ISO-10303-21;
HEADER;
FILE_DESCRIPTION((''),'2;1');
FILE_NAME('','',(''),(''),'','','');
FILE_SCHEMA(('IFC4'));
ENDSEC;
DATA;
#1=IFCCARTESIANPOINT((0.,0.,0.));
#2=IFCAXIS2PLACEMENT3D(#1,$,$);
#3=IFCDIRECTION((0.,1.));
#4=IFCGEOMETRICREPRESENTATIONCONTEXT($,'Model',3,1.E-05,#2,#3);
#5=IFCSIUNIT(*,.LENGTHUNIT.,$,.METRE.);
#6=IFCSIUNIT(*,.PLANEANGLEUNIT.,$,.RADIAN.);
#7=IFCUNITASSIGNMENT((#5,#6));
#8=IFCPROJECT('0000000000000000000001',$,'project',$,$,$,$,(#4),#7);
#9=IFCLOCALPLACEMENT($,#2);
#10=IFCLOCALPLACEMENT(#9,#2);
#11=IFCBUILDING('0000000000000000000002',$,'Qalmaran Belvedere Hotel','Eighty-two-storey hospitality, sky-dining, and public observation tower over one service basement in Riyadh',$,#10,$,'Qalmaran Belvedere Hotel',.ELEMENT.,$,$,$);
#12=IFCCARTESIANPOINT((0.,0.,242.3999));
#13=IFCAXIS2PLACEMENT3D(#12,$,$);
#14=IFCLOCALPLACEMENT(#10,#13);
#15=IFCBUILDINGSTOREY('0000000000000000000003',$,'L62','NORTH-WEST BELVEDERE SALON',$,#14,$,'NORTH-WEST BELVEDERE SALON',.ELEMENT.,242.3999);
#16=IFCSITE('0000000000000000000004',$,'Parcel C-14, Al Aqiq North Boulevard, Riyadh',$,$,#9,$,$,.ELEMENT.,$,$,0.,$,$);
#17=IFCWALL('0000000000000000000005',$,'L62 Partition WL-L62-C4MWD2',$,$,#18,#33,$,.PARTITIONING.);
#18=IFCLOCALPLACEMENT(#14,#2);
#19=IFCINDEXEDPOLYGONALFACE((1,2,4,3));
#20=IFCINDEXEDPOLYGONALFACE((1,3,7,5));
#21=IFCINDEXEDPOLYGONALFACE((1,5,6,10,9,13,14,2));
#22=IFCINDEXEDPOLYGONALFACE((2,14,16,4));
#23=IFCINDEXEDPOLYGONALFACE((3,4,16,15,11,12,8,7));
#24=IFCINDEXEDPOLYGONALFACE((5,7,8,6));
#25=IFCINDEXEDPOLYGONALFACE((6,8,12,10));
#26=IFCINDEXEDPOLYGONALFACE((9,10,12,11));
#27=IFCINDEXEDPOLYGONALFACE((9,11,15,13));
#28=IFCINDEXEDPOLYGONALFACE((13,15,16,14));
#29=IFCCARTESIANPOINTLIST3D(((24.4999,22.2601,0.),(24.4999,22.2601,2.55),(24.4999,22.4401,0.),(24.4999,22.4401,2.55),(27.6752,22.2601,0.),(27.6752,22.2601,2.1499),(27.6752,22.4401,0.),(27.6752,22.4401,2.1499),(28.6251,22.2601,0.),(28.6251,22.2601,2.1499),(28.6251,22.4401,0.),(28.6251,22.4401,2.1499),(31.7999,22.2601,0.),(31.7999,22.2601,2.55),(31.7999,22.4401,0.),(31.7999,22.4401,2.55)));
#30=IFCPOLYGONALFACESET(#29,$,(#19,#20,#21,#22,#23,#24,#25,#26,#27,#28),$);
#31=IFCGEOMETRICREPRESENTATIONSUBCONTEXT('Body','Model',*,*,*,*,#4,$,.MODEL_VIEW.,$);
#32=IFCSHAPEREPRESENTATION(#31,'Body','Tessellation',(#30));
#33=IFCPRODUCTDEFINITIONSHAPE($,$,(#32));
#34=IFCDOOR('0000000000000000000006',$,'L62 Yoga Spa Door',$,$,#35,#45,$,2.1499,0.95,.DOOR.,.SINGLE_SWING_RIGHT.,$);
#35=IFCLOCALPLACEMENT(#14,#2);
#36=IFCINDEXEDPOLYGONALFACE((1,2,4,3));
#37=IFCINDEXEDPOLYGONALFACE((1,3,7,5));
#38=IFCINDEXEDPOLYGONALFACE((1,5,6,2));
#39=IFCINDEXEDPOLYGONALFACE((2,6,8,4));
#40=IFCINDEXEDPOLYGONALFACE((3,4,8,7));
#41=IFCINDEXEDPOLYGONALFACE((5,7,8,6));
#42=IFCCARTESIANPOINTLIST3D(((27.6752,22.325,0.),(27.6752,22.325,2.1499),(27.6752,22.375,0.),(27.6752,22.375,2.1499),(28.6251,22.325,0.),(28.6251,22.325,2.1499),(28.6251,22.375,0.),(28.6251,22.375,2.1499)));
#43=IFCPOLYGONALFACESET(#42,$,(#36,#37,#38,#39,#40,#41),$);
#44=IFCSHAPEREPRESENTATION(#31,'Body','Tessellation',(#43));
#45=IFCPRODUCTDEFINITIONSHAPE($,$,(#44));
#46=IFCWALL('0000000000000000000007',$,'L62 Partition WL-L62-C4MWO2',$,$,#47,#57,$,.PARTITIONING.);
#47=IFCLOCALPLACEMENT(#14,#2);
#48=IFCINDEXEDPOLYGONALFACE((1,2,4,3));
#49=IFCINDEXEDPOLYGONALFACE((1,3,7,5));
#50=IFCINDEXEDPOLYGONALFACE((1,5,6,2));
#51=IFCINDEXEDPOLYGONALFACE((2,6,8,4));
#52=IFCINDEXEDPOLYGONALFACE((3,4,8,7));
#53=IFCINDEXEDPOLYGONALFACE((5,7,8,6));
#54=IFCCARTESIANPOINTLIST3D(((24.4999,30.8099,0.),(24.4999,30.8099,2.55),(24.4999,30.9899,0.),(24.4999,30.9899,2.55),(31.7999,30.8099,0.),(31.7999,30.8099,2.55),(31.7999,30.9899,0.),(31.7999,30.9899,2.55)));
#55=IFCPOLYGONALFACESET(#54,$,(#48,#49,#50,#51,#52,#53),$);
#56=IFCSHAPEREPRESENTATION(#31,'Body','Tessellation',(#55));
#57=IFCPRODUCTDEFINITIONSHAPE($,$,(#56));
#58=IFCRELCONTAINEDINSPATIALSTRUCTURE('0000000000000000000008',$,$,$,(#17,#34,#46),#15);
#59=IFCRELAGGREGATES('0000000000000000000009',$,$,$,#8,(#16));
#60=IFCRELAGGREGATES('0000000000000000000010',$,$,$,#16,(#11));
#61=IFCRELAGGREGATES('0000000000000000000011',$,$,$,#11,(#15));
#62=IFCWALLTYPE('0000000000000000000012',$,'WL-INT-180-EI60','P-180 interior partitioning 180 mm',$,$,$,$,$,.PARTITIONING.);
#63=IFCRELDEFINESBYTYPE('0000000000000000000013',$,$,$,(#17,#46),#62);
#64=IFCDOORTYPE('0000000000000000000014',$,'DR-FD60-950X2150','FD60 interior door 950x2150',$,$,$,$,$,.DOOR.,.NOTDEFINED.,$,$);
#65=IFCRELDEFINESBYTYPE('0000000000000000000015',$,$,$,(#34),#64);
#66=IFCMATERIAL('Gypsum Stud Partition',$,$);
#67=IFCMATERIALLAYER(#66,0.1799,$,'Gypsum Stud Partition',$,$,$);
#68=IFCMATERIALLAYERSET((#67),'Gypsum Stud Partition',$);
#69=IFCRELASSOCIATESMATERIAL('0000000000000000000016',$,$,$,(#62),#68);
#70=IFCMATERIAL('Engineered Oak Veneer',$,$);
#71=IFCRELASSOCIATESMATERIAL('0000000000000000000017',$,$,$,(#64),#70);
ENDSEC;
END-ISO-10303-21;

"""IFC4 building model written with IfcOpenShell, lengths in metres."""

from ifc_helpers import new_model, si_unit, direction, frame, frame_2d, origin, place, context, subcontext, project, spatial, rectangle, extrude, material, layer, layer_set, type_object, element, fill, save


model = new_model("IFC4")

# Units and contexts
model_context = context("Model", 3, precision=1e-05, world=origin(), true_north=direction((0.0, 1.0)))
body_context = subcontext(model_context, "Body", "Model", "MODEL_VIEW")
ifc_project = project(units=[si_unit("LENGTHUNIT", "METRE"), si_unit("PLANEANGLEUNIT", "RADIAN")], contexts=[model_context])

# Site, building, storey
site_placement = place(None, origin())
site = spatial("IfcSite", under=ifc_project, at=site_placement, Name="Parcel C-14, Al Aqiq North Boulevard, Riyadh", CompositionType="ELEMENT", RefElevation=0.0)
building_placement = place(site_placement, origin())
building = spatial("IfcBuilding", under=site, at=building_placement, Name="Qalmaran Belvedere Hotel", Description="Eighty-two-storey hospitality, sky-dining, and public observation tower over one service basement in Riyadh", LongName="Qalmaran Belvedere Hotel", CompositionType="ELEMENT")
storey_placement = place(building_placement, frame((0.0, 0.0, 242.3999)))
storey = spatial("IfcBuildingStorey", under=building, at=storey_placement, Name="L62", Description="NORTH-WEST BELVEDERE SALON", LongName="NORTH-WEST BELVEDERE SALON", CompositionType="ELEMENT", Elevation=242.3999)

# Shared definitions
ifc_material_1 = material(Name="Gypsum Stud Partition")

# Shared definitions
ifc_layer_1 = layer(ifc_material_1, 0.1799, Name="Gypsum Stud Partition")
ifc_layer_set_1 = layer_set([ifc_layer_1], Name="Gypsum Stud Partition")
wall_type_1 = type_object("IfcWallType", Name="WL-INT-180-EI60", Description="P-180 interior partitioning 180 mm", PredefinedType="PARTITIONING", material=ifc_layer_set_1)
ifc_material_2 = material(Name="Engineered Oak Veneer")
door_type = type_object("IfcDoorType", Name="DR-FD60-950X2150", Description="FD60 interior door 950x2150", OperationType="NOTDEFINED", PredefinedType="DOOR", material=ifc_material_2)

# Wall, opening, door
wall_1_placement = place(storey_placement, frame((24.5, 22.3501, 0.0), z_axis=(0.0, 0.0, 1.0), x_axis=(1.0, 0.0, 0.0)))
wall_1 = element("IfcWall", 1, at=wall_1_placement, inside=storey, type_object=wall_type_1, Name="L62 Partition WL-L62-C4MWD2", PredefinedType="PARTITIONING", context=body_context, shape_type="SweptSolid", body=[
    extrude(rectangle(XDim=7.3, YDim=0.1799, at=frame_2d((3.6499, 0.0))), origin(), (0.0, 0.0, 1.0), 2.55),
])
opening_1_placement = place(wall_1_placement, frame((3.175, 0.0, 0.0)))
opening_1 = element("IfcOpeningElement", 2, at=opening_1_placement, cuts=wall_1, PredefinedType="OPENING", context=body_context, shape_type="SweptSolid", body=[
    extrude(rectangle(XDim=0.95, YDim=2.1499, at=frame_2d((0.4751, 1.075))), frame((0.0, 0.1001, 0.0), z_axis=(0.0, -1.0, 0.0), x_axis=(1.0, 0.0, 0.0)), (0.0, 0.0, 1.0), 0.2),
])
door_1_placement = place(opening_1_placement, origin())
door_1 = element("IfcDoor", 3, at=door_1_placement, inside=storey, type_object=door_type, Name="L62 Yoga Spa Door", OperationType="SINGLE_SWING_RIGHT", OverallHeight=2.1499, OverallWidth=0.95, PredefinedType="DOOR", context=body_context, shape_type="SweptSolid", body=[
    extrude(rectangle(XDim=0.95, YDim=2.1499, at=frame_2d((0.4751, 1.075))), frame((0.0, 0.0249, 0.0), z_axis=(0.0, -1.0, 0.0), x_axis=(1.0, 0.0, 0.0)), (0.0, 0.0, 1.0), 0.05),
])
fill(opening_1, door_1)

# Wall
wall_2_placement = place(storey_placement, frame((24.5, 30.8999, 0.0), z_axis=(0.0, 0.0, 1.0), x_axis=(1.0, 0.0, 0.0)))
element("IfcWall", 4, at=wall_2_placement, inside=storey, type_object=wall_type_1, Name="L62 Partition WL-L62-C4MWO2", PredefinedType="PARTITIONING", context=body_context, shape_type="SweptSolid", body=[
    extrude(rectangle(XDim=7.3, YDim=0.1799, at=frame_2d((3.6499, 0.0))), origin(), (0.0, 0.0, 1.0), 2.55),
])

save(model, "model.ifc")
